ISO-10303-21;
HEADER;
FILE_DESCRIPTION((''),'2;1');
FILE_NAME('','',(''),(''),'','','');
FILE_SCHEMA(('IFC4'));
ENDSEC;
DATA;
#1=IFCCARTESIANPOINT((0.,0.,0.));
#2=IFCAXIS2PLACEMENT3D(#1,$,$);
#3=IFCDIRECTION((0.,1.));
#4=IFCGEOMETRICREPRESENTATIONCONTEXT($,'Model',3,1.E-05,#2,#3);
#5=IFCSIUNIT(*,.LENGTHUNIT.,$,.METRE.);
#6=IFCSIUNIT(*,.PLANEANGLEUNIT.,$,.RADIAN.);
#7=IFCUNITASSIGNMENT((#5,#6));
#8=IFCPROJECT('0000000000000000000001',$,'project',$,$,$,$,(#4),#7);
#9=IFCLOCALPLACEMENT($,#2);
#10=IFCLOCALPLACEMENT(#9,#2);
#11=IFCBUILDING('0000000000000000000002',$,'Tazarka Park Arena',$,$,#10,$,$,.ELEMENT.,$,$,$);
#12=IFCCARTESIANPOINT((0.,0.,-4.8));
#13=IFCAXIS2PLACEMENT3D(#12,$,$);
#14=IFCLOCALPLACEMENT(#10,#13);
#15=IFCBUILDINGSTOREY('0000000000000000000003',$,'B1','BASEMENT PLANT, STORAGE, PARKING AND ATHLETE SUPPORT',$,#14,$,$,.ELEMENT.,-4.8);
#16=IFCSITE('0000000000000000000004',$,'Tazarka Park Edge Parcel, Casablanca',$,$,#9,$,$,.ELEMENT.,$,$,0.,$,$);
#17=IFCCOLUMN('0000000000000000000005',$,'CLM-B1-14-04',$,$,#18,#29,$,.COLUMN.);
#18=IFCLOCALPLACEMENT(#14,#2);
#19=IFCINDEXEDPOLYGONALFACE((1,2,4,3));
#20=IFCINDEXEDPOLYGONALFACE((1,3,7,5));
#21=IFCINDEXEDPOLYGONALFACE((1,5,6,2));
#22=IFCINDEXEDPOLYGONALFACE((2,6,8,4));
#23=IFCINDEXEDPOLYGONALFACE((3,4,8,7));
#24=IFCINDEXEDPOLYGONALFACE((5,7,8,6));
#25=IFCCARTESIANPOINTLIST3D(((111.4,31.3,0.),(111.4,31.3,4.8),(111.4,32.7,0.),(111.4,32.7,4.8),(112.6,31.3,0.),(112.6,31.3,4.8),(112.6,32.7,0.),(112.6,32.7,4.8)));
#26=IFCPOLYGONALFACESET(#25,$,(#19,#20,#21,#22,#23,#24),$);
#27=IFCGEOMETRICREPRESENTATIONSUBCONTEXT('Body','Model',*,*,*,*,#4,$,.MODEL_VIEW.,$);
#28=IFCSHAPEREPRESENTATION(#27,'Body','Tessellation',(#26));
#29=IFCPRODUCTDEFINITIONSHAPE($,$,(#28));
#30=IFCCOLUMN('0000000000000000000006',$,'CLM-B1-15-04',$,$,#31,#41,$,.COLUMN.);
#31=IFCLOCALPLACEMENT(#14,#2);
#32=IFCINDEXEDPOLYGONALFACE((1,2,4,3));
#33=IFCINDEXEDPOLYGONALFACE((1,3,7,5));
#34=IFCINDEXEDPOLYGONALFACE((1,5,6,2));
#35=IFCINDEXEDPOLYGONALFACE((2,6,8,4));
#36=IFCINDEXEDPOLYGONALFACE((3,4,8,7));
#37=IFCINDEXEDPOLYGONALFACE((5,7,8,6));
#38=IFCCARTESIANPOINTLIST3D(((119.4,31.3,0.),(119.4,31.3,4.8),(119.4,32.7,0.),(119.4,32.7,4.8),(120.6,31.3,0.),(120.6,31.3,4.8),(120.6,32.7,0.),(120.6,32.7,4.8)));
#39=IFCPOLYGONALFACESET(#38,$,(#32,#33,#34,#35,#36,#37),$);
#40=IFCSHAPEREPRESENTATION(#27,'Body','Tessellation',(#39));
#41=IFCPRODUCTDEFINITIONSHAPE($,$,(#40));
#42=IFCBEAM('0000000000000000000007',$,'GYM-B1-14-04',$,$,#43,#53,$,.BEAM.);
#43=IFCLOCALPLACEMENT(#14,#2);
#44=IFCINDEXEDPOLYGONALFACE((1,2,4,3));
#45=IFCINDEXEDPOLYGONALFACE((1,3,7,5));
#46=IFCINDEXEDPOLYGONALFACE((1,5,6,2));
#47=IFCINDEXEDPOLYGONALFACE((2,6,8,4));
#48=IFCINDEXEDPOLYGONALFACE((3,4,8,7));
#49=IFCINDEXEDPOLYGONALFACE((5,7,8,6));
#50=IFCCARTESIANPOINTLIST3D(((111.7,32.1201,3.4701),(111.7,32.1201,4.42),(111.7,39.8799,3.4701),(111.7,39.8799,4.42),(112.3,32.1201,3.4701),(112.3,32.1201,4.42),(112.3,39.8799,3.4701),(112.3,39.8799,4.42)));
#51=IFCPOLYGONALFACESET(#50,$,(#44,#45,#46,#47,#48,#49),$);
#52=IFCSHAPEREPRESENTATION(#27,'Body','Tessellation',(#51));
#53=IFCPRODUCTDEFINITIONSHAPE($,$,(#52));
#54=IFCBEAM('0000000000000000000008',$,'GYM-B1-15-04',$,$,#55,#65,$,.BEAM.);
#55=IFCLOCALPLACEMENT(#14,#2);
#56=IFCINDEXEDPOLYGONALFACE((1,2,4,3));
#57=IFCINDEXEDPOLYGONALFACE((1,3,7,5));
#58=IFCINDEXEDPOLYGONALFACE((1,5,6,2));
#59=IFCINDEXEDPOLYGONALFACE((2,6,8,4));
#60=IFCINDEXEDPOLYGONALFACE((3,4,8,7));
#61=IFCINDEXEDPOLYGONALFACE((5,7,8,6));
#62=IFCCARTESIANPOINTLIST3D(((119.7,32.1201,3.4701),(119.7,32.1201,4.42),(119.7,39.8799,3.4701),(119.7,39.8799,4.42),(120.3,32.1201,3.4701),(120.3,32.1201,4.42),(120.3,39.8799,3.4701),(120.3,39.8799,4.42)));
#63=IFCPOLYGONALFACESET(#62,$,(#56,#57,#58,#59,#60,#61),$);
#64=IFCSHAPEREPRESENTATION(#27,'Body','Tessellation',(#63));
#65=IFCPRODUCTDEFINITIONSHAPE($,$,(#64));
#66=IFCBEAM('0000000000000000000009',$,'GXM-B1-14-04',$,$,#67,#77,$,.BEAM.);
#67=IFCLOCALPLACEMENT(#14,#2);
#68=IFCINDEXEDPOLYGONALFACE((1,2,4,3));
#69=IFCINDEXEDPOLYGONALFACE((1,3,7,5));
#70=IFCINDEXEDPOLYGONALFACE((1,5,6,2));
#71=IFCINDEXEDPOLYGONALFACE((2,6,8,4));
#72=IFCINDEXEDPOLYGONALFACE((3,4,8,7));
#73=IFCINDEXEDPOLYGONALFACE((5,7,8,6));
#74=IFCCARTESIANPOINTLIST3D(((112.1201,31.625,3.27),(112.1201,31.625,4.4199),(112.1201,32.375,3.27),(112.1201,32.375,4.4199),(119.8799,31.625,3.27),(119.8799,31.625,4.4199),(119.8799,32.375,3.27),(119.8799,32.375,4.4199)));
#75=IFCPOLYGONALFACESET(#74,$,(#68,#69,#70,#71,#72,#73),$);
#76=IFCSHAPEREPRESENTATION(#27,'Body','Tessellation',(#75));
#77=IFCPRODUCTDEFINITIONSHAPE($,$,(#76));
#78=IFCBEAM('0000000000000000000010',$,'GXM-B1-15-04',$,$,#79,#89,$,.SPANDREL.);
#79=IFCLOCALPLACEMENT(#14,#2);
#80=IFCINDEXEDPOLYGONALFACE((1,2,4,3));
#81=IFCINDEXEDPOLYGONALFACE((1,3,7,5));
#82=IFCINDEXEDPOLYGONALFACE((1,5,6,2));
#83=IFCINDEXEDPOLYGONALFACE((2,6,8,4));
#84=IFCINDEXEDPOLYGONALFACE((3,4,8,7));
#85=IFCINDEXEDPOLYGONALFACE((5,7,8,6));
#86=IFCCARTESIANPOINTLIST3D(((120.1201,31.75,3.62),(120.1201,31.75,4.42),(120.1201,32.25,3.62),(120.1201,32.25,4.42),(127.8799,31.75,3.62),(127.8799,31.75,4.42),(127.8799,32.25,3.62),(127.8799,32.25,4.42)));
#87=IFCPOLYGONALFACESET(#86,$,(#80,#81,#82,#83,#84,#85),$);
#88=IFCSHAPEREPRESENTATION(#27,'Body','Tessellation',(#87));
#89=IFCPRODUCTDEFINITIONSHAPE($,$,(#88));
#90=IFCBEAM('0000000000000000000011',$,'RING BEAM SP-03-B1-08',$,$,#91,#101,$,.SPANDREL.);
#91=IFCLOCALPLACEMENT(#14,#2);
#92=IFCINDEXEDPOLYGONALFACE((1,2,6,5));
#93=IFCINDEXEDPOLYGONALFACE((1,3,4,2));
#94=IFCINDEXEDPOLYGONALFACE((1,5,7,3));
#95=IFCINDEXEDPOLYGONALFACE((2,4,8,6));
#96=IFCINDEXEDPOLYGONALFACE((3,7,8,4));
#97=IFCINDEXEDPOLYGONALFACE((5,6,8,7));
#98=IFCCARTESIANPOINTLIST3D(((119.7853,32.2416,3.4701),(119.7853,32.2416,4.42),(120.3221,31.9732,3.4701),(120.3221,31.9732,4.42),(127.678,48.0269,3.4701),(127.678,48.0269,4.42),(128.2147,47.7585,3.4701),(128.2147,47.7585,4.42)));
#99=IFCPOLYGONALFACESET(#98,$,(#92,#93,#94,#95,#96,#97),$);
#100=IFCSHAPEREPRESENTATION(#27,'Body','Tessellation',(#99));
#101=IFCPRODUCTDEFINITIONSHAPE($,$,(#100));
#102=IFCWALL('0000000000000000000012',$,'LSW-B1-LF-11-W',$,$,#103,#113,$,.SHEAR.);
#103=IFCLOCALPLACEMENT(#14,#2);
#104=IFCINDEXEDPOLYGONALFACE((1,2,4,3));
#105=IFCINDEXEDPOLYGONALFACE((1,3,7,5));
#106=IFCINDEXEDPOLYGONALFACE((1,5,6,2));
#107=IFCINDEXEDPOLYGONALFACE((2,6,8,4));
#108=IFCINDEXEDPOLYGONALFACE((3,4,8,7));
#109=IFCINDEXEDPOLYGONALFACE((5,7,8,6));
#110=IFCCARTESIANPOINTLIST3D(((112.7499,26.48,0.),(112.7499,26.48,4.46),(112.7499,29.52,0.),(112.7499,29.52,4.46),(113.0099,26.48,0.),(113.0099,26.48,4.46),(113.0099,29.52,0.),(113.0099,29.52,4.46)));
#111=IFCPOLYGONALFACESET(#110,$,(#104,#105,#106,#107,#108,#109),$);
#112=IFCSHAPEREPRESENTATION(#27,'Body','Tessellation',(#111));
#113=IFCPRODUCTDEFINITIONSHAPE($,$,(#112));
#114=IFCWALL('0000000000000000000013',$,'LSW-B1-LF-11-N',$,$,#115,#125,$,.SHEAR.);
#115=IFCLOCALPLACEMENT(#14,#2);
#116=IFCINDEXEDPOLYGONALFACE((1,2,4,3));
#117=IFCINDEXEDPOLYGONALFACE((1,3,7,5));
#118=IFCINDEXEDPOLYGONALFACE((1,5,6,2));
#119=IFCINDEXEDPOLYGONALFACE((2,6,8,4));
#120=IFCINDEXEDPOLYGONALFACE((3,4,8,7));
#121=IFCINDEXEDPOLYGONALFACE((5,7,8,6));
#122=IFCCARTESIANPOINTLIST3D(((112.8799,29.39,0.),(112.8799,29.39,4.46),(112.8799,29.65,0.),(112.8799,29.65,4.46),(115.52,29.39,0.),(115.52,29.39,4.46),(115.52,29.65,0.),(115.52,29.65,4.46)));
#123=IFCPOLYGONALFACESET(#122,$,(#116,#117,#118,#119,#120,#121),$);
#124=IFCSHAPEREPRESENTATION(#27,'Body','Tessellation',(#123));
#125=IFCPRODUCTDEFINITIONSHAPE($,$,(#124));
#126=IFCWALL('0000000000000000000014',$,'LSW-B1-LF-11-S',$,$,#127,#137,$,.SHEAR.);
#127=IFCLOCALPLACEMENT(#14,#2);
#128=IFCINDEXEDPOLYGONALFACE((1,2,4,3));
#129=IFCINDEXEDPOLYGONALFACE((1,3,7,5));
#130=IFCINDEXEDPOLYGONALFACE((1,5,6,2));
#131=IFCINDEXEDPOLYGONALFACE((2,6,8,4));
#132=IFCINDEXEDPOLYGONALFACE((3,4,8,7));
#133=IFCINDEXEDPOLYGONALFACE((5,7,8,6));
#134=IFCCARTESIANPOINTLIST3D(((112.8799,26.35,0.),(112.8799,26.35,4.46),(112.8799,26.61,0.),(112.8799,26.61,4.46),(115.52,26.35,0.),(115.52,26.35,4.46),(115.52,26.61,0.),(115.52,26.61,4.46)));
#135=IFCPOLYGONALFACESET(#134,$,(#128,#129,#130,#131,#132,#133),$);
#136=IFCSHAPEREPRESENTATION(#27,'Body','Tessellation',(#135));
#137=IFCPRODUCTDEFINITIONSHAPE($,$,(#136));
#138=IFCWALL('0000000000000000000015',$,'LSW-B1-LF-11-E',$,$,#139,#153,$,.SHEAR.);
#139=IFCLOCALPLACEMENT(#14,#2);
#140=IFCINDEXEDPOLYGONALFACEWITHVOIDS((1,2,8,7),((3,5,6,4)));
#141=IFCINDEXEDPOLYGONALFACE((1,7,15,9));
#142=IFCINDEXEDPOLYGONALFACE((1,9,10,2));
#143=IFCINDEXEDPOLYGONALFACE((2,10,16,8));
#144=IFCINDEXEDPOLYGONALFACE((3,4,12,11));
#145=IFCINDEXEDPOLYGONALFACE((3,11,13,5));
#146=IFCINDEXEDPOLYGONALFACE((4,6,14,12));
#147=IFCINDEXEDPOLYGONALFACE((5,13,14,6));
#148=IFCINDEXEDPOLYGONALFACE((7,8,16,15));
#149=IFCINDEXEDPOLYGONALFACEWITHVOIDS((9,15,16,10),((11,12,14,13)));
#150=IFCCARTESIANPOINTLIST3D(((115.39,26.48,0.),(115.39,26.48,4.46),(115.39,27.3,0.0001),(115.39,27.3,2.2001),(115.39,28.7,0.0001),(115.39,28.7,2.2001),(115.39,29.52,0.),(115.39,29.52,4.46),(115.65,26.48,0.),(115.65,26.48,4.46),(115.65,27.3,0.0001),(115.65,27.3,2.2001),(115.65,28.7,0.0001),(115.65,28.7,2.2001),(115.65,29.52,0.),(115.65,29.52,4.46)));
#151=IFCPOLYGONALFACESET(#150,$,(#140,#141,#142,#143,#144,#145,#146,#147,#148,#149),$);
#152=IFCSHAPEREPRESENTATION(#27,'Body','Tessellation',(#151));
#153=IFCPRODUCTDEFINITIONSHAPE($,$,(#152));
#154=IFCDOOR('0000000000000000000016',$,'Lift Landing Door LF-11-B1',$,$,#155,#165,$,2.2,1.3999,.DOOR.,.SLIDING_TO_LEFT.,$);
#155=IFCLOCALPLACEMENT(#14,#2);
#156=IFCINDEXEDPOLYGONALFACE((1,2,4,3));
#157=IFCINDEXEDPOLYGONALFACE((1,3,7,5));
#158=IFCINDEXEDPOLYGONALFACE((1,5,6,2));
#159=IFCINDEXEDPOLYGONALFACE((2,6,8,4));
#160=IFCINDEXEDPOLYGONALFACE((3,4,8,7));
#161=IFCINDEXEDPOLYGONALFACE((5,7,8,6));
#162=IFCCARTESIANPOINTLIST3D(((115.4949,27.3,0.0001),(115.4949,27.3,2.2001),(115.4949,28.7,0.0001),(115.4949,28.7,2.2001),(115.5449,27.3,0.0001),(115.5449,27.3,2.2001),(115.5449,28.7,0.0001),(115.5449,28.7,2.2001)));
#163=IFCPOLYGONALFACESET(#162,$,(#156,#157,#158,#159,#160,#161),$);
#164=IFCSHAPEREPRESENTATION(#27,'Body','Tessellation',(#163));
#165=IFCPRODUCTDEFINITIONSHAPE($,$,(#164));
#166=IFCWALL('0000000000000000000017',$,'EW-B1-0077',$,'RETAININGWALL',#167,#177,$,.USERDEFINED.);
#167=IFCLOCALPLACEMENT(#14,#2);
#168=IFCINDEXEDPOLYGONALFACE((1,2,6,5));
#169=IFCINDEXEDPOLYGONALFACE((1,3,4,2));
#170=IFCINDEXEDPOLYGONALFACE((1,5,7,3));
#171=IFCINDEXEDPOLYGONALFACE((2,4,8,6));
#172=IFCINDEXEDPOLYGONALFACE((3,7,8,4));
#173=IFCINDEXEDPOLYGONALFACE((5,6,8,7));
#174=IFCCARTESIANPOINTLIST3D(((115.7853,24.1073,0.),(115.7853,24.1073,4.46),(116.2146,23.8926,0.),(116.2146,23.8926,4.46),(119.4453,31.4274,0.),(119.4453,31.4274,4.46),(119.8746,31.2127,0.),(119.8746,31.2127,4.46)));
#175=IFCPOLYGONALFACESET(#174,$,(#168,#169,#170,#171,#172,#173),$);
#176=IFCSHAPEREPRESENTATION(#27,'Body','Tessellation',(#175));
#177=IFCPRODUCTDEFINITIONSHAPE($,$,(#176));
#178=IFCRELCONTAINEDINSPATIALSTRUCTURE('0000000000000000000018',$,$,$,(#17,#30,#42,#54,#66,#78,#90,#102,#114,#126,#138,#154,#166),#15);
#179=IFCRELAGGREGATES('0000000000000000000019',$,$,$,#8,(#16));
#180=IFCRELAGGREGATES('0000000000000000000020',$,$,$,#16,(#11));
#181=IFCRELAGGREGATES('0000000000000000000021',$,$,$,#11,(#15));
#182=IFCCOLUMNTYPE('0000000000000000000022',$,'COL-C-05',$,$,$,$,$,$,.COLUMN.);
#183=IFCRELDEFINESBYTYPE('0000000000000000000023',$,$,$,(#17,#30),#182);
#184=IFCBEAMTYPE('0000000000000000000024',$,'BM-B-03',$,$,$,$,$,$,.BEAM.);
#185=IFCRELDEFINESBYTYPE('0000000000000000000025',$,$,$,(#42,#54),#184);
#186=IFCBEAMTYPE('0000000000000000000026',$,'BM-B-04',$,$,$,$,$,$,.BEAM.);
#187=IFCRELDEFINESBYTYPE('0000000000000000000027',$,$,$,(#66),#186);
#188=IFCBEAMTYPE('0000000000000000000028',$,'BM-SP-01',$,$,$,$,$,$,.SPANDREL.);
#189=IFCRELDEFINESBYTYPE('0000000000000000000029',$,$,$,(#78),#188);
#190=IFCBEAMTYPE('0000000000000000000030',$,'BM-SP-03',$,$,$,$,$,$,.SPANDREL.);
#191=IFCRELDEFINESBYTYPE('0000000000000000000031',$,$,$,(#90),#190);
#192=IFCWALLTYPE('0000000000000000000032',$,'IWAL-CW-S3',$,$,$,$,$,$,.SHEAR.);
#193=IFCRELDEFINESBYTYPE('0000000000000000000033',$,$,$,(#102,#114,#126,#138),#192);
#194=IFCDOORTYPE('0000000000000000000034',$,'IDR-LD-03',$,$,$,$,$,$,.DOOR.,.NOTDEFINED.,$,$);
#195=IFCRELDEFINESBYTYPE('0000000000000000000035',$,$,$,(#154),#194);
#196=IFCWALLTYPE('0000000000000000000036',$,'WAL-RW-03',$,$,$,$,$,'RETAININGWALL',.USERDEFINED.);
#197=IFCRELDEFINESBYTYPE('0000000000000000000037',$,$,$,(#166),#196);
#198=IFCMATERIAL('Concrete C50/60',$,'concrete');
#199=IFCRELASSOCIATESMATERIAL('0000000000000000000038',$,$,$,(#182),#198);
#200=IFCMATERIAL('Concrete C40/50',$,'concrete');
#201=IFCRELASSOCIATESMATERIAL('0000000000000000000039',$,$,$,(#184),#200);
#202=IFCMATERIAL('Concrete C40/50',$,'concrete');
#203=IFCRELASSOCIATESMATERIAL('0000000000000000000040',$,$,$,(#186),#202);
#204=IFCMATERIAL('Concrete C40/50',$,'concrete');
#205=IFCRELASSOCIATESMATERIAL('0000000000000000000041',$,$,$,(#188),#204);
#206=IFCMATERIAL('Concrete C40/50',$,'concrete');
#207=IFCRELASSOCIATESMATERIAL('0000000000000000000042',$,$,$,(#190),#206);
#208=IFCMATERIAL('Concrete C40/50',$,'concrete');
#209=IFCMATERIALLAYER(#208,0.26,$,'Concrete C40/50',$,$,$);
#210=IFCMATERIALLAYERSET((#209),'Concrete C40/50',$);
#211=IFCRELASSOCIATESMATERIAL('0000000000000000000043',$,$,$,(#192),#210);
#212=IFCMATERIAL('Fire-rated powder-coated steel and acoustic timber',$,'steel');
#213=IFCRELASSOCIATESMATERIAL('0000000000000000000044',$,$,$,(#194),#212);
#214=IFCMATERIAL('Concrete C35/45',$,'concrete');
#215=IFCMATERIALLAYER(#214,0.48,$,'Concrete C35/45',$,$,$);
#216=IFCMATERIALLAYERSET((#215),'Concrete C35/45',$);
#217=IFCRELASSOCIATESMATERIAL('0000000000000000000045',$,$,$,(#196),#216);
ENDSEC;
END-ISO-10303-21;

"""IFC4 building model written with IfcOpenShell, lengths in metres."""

from ifc_helpers import new_model, si_unit, direction, frame, frame_2d, origin, origin_2d, place, context, subcontext, project, spatial, rectangle, extrude, material, layer, layer_set, material_profile, profile_set, type_object, element, fill, save


model = new_model("IFC4")

# Units and contexts
model_context = context("Model", 3, precision=1e-05, world=origin(), true_north=direction((0.0, 1.0)))
body_context = subcontext(model_context, "Body", "Model", "MODEL_VIEW")
ifc_project = project(units=[si_unit("LENGTHUNIT", "METRE"), si_unit("PLANEANGLEUNIT", "RADIAN")], contexts=[model_context])

# Site, building, storey
site_placement = place(None, origin())
site = spatial("IfcSite", under=ifc_project, at=site_placement, Name="Tazarka Park Edge Parcel, Casablanca", CompositionType="ELEMENT", RefElevation=0.0)
building_placement = place(site_placement, origin())
building = spatial("IfcBuilding", under=site, at=building_placement, Name="Tazarka Park Arena", CompositionType="ELEMENT")
storey_placement = place(building_placement, frame((0.0, 0.0, -4.8)))
storey = spatial("IfcBuildingStorey", under=building, at=storey_placement, Name="B1", Description="BASEMENT PLANT, STORAGE, PARKING AND ATHLETE SUPPORT", CompositionType="ELEMENT", Elevation=-4.8)

# Columns
ifc_material_1 = material(Name="Concrete C50/60", Category="concrete")
ifc_material_profile_1 = material_profile(ifc_material_1, rectangle(XDim=1.2, YDim=1.3999, at=origin_2d()), Name="Concrete C50/60")
ifc_profile_set_1 = profile_set([ifc_material_profile_1], Name="Concrete C50/60")
column_type = type_object("IfcColumnType", Name="COL-C-05", PredefinedType="COLUMN", material=ifc_profile_set_1)
for number, where, z_axis, x_axis, name in (
    (1, (112.0, 32.0, 0.0), (0.0, 0.0, 1.0), (1.0, 0.0, 0.0), "CLM-B1-14-04"),
    (2, (120.0, 32.0, 0.0), (0.0, 0.0, 1.0), (1.0, 0.0, 0.0), "CLM-B1-15-04"),
):
    element("IfcColumn", number, at=place(storey_placement, frame(where, z_axis=z_axis, x_axis=x_axis)), inside=storey, type_object=column_type, Name=name, PredefinedType="COLUMN", context=body_context, shape_type="SweptSolid", body=[
        extrude(rectangle(XDim=1.2, YDim=1.3999, at=origin_2d()), origin(), (0.0, 0.0, 1.0), 4.8),
    ])

# Beams
ifc_material_2 = material(Name="Concrete C40/50", Category="concrete")
ifc_material_profile_2 = material_profile(ifc_material_2, rectangle(XDim=0.6001, YDim=0.95, at=origin_2d()), Name="Concrete C40/50")
ifc_profile_set_2 = profile_set([ifc_material_profile_2], Name="Concrete C40/50")
beam_type_1 = type_object("IfcBeamType", Name="BM-B-03", PredefinedType="BEAM", material=ifc_profile_set_2)
for number, where, z_axis, x_axis, name in (
    (3, (112.0, 32.1201, 3.9451), (0.0, 1.0, 0.0), (-1.0, 0.0, 0.0), "GYM-B1-14-04"),
    (4, (120.0, 32.1201, 3.9451), (0.0, 1.0, 0.0), (-1.0, 0.0, 0.0), "GYM-B1-15-04"),
):
    element("IfcBeam", number, at=place(storey_placement, frame(where, z_axis=z_axis, x_axis=x_axis)), inside=storey, type_object=beam_type_1, Name=name, PredefinedType="BEAM", context=body_context, shape_type="SweptSolid", body=[
        extrude(rectangle(XDim=0.6001, YDim=0.95, at=origin_2d()), origin(), (0.0, 0.0, 1.0), 7.7598),
    ])
ifc_material_3 = material(Name="Concrete C40/50", Category="concrete")
ifc_material_profile_3 = material_profile(ifc_material_3, rectangle(XDim=0.75, YDim=1.1499, at=origin_2d()), Name="Concrete C40/50")
ifc_profile_set_3 = profile_set([ifc_material_profile_3], Name="Concrete C40/50")
beam_type_2 = type_object("IfcBeamType", Name="BM-B-04", PredefinedType="BEAM", material=ifc_profile_set_3)
beam_1_placement = place(storey_placement, frame((112.1201, 32.0, 3.845), z_axis=(1.0, 0.0, 0.0), x_axis=(0.0, 1.0, 0.0)))
element("IfcBeam", 5, at=beam_1_placement, inside=storey, type_object=beam_type_2, Name="GXM-B1-14-04", PredefinedType="BEAM", context=body_context, shape_type="SweptSolid", body=[
    extrude(rectangle(XDim=0.75, YDim=1.1499, at=origin_2d()), origin(), (0.0, 0.0, 1.0), 7.7598),
])
ifc_material_4 = material(Name="Concrete C40/50", Category="concrete")
ifc_material_profile_4 = material_profile(ifc_material_4, rectangle(XDim=0.5, YDim=0.8, at=origin_2d()), Name="Concrete C40/50")
ifc_profile_set_4 = profile_set([ifc_material_profile_4], Name="Concrete C40/50")
beam_type_3 = type_object("IfcBeamType", Name="BM-SP-01", PredefinedType="SPANDREL", material=ifc_profile_set_4)
beam_2_placement = place(storey_placement, frame((120.1201, 32.0, 4.02), z_axis=(1.0, 0.0, 0.0), x_axis=(0.0, 1.0, 0.0)))
element("IfcBeam", 6, at=beam_2_placement, inside=storey, type_object=beam_type_3, Name="GXM-B1-15-04", PredefinedType="SPANDREL", context=body_context, shape_type="SweptSolid", body=[
    extrude(rectangle(XDim=0.5, YDim=0.8, at=origin_2d()), origin(), (0.0, 0.0, 1.0), 7.7598),
])
ifc_material_5 = material(Name="Concrete C40/50", Category="concrete")
ifc_material_profile_5 = material_profile(ifc_material_5, rectangle(XDim=0.6001, YDim=0.95, at=origin_2d()), Name="Concrete C40/50")
ifc_profile_set_5 = profile_set([ifc_material_profile_5], Name="Concrete C40/50")
beam_type_4 = type_object("IfcBeamType", Name="BM-SP-03", PredefinedType="SPANDREL", material=ifc_profile_set_5)
beam_3_placement = place(storey_placement, frame((120.0537, 32.1074, 3.9451), z_axis=(0.447214, 0.894427, 0.0), x_axis=(-0.894427, 0.447214, 0.0)))
element("IfcBeam", 7, at=beam_3_placement, inside=storey, type_object=beam_type_4, Name="RING BEAM SP-03-B1-08", PredefinedType="SPANDREL", context=body_context, shape_type="SweptSolid", body=[
    extrude(rectangle(XDim=0.6001, YDim=0.95, at=origin_2d()), origin(), (0.0, 0.0, 1.0), 17.6484),
])

# Walls
ifc_material_6 = material(Name="Concrete C40/50", Category="concrete")
ifc_layer_1 = layer(ifc_material_6, 0.26, Name="Concrete C40/50")
ifc_layer_set_1 = layer_set([ifc_layer_1], Name="Concrete C40/50")
wall_type_1 = type_object("IfcWallType", Name="IWAL-CW-S3", PredefinedType="SHEAR", material=ifc_layer_set_1)
wall_1_placement = place(storey_placement, frame((112.8799, 26.48, 0.0), z_axis=(0.0, 0.0, 1.0), x_axis=(0.0, 1.0, 0.0)))
element("IfcWall", 8, at=wall_1_placement, inside=storey, type_object=wall_type_1, Name="LSW-B1-LF-11-W", PredefinedType="SHEAR", context=body_context, shape_type="SweptSolid", body=[
    extrude(rectangle(XDim=3.04, YDim=0.26, at=frame_2d((1.52, 0.0))), origin(), (0.0, 0.0, 1.0), 4.46),
])
for number, where, z_axis, x_axis, name in (
    (9, (112.8799, 29.52, 0.0), (0.0, 0.0, 1.0), (1.0, 0.0, 0.0), "LSW-B1-LF-11-N"),
    (10, (115.52, 26.48, 0.0), (0.0, 0.0, 1.0), (-1.0, 0.0, 0.0), "LSW-B1-LF-11-S"),
):
    element("IfcWall", number, at=place(storey_placement, frame(where, z_axis=z_axis, x_axis=x_axis)), inside=storey, type_object=wall_type_1, Name=name, PredefinedType="SHEAR", context=body_context, shape_type="SweptSolid", body=[
        extrude(rectangle(XDim=2.6401, YDim=0.26, at=frame_2d((1.3201, 0.0))), origin(), (0.0, 0.0, 1.0), 4.46),
    ])

# Wall, opening, door
wall_2_placement = place(storey_placement, frame((115.52, 29.52, 0.0), z_axis=(0.0, 0.0, 1.0), x_axis=(0.0, -1.0, 0.0)))
wall_2 = element("IfcWall", 11, at=wall_2_placement, inside=storey, type_object=wall_type_1, Name="LSW-B1-LF-11-E", PredefinedType="SHEAR", context=body_context, shape_type="SweptSolid", body=[
    extrude(rectangle(XDim=3.04, YDim=0.26, at=frame_2d((1.52, 0.0))), origin(), (0.0, 0.0, 1.0), 4.46),
])
opening_placement = place(wall_2_placement, frame((0.8201, 0.0, 0.0)))
opening = element("IfcOpeningElement", 12, at=opening_placement, cuts=wall_2, PredefinedType="OPENING", context=body_context, shape_type="SweptSolid", body=[
    extrude(rectangle(XDim=1.3999, YDim=2.2, at=frame_2d((0.7, 1.1001))), frame((0.0, 0.1401, 0.0), z_axis=(0.0, -1.0, 0.0), x_axis=(1.0, 0.0, 0.0)), (0.0, 0.0, 1.0), 0.28),
])
ifc_material_7 = material(Name="Fire-rated powder-coated steel and acoustic timber", Category="steel")
door_type = type_object("IfcDoorType", Name="IDR-LD-03", OperationType="NOTDEFINED", PredefinedType="DOOR", material=ifc_material_7)
door_placement = place(opening_placement, origin())
door = element("IfcDoor", 13, at=door_placement, inside=storey, type_object=door_type, Name="Lift Landing Door LF-11-B1", OperationType="SLIDING_TO_LEFT", OverallHeight=2.2, OverallWidth=1.3999, PredefinedType="DOOR", context=body_context, shape_type="SweptSolid", body=[
    extrude(rectangle(XDim=1.3999, YDim=2.2, at=frame_2d((0.7, 1.1001))), frame((0.0, 0.0249, 0.0), z_axis=(0.0, -1.0, 0.0), x_axis=(1.0, 0.0, 0.0)), (0.0, 0.0, 1.0), 0.05),
])
fill(opening, door)

# Wall
ifc_material_8 = material(Name="Concrete C35/45", Category="concrete")
ifc_layer_2 = layer(ifc_material_8, 0.48, Name="Concrete C35/45")
ifc_layer_set_2 = layer_set([ifc_layer_2], Name="Concrete C35/45")
wall_type_2 = type_object("IfcWallType", Name="WAL-RW-03", ElementType="RETAININGWALL", PredefinedType="USERDEFINED", material=ifc_layer_set_2)
wall_3_placement = place(storey_placement, frame((119.6599, 31.3201, 0.0), z_axis=(0.0, 0.0, 1.0), x_axis=(-0.447202, -0.894433, 0.0)))
element("IfcWall", 14, at=wall_3_placement, inside=storey, type_object=wall_type_2, Name="EW-B1-0077", ObjectType="RETAININGWALL", PredefinedType="USERDEFINED", context=body_context, shape_type="SweptSolid", body=[
    extrude(rectangle(XDim=8.1841, YDim=0.48, at=frame_2d((4.092, 0.0))), origin(), (0.0, 0.0, 1.0), 4.46),
])

save(model, "model.ifc")
